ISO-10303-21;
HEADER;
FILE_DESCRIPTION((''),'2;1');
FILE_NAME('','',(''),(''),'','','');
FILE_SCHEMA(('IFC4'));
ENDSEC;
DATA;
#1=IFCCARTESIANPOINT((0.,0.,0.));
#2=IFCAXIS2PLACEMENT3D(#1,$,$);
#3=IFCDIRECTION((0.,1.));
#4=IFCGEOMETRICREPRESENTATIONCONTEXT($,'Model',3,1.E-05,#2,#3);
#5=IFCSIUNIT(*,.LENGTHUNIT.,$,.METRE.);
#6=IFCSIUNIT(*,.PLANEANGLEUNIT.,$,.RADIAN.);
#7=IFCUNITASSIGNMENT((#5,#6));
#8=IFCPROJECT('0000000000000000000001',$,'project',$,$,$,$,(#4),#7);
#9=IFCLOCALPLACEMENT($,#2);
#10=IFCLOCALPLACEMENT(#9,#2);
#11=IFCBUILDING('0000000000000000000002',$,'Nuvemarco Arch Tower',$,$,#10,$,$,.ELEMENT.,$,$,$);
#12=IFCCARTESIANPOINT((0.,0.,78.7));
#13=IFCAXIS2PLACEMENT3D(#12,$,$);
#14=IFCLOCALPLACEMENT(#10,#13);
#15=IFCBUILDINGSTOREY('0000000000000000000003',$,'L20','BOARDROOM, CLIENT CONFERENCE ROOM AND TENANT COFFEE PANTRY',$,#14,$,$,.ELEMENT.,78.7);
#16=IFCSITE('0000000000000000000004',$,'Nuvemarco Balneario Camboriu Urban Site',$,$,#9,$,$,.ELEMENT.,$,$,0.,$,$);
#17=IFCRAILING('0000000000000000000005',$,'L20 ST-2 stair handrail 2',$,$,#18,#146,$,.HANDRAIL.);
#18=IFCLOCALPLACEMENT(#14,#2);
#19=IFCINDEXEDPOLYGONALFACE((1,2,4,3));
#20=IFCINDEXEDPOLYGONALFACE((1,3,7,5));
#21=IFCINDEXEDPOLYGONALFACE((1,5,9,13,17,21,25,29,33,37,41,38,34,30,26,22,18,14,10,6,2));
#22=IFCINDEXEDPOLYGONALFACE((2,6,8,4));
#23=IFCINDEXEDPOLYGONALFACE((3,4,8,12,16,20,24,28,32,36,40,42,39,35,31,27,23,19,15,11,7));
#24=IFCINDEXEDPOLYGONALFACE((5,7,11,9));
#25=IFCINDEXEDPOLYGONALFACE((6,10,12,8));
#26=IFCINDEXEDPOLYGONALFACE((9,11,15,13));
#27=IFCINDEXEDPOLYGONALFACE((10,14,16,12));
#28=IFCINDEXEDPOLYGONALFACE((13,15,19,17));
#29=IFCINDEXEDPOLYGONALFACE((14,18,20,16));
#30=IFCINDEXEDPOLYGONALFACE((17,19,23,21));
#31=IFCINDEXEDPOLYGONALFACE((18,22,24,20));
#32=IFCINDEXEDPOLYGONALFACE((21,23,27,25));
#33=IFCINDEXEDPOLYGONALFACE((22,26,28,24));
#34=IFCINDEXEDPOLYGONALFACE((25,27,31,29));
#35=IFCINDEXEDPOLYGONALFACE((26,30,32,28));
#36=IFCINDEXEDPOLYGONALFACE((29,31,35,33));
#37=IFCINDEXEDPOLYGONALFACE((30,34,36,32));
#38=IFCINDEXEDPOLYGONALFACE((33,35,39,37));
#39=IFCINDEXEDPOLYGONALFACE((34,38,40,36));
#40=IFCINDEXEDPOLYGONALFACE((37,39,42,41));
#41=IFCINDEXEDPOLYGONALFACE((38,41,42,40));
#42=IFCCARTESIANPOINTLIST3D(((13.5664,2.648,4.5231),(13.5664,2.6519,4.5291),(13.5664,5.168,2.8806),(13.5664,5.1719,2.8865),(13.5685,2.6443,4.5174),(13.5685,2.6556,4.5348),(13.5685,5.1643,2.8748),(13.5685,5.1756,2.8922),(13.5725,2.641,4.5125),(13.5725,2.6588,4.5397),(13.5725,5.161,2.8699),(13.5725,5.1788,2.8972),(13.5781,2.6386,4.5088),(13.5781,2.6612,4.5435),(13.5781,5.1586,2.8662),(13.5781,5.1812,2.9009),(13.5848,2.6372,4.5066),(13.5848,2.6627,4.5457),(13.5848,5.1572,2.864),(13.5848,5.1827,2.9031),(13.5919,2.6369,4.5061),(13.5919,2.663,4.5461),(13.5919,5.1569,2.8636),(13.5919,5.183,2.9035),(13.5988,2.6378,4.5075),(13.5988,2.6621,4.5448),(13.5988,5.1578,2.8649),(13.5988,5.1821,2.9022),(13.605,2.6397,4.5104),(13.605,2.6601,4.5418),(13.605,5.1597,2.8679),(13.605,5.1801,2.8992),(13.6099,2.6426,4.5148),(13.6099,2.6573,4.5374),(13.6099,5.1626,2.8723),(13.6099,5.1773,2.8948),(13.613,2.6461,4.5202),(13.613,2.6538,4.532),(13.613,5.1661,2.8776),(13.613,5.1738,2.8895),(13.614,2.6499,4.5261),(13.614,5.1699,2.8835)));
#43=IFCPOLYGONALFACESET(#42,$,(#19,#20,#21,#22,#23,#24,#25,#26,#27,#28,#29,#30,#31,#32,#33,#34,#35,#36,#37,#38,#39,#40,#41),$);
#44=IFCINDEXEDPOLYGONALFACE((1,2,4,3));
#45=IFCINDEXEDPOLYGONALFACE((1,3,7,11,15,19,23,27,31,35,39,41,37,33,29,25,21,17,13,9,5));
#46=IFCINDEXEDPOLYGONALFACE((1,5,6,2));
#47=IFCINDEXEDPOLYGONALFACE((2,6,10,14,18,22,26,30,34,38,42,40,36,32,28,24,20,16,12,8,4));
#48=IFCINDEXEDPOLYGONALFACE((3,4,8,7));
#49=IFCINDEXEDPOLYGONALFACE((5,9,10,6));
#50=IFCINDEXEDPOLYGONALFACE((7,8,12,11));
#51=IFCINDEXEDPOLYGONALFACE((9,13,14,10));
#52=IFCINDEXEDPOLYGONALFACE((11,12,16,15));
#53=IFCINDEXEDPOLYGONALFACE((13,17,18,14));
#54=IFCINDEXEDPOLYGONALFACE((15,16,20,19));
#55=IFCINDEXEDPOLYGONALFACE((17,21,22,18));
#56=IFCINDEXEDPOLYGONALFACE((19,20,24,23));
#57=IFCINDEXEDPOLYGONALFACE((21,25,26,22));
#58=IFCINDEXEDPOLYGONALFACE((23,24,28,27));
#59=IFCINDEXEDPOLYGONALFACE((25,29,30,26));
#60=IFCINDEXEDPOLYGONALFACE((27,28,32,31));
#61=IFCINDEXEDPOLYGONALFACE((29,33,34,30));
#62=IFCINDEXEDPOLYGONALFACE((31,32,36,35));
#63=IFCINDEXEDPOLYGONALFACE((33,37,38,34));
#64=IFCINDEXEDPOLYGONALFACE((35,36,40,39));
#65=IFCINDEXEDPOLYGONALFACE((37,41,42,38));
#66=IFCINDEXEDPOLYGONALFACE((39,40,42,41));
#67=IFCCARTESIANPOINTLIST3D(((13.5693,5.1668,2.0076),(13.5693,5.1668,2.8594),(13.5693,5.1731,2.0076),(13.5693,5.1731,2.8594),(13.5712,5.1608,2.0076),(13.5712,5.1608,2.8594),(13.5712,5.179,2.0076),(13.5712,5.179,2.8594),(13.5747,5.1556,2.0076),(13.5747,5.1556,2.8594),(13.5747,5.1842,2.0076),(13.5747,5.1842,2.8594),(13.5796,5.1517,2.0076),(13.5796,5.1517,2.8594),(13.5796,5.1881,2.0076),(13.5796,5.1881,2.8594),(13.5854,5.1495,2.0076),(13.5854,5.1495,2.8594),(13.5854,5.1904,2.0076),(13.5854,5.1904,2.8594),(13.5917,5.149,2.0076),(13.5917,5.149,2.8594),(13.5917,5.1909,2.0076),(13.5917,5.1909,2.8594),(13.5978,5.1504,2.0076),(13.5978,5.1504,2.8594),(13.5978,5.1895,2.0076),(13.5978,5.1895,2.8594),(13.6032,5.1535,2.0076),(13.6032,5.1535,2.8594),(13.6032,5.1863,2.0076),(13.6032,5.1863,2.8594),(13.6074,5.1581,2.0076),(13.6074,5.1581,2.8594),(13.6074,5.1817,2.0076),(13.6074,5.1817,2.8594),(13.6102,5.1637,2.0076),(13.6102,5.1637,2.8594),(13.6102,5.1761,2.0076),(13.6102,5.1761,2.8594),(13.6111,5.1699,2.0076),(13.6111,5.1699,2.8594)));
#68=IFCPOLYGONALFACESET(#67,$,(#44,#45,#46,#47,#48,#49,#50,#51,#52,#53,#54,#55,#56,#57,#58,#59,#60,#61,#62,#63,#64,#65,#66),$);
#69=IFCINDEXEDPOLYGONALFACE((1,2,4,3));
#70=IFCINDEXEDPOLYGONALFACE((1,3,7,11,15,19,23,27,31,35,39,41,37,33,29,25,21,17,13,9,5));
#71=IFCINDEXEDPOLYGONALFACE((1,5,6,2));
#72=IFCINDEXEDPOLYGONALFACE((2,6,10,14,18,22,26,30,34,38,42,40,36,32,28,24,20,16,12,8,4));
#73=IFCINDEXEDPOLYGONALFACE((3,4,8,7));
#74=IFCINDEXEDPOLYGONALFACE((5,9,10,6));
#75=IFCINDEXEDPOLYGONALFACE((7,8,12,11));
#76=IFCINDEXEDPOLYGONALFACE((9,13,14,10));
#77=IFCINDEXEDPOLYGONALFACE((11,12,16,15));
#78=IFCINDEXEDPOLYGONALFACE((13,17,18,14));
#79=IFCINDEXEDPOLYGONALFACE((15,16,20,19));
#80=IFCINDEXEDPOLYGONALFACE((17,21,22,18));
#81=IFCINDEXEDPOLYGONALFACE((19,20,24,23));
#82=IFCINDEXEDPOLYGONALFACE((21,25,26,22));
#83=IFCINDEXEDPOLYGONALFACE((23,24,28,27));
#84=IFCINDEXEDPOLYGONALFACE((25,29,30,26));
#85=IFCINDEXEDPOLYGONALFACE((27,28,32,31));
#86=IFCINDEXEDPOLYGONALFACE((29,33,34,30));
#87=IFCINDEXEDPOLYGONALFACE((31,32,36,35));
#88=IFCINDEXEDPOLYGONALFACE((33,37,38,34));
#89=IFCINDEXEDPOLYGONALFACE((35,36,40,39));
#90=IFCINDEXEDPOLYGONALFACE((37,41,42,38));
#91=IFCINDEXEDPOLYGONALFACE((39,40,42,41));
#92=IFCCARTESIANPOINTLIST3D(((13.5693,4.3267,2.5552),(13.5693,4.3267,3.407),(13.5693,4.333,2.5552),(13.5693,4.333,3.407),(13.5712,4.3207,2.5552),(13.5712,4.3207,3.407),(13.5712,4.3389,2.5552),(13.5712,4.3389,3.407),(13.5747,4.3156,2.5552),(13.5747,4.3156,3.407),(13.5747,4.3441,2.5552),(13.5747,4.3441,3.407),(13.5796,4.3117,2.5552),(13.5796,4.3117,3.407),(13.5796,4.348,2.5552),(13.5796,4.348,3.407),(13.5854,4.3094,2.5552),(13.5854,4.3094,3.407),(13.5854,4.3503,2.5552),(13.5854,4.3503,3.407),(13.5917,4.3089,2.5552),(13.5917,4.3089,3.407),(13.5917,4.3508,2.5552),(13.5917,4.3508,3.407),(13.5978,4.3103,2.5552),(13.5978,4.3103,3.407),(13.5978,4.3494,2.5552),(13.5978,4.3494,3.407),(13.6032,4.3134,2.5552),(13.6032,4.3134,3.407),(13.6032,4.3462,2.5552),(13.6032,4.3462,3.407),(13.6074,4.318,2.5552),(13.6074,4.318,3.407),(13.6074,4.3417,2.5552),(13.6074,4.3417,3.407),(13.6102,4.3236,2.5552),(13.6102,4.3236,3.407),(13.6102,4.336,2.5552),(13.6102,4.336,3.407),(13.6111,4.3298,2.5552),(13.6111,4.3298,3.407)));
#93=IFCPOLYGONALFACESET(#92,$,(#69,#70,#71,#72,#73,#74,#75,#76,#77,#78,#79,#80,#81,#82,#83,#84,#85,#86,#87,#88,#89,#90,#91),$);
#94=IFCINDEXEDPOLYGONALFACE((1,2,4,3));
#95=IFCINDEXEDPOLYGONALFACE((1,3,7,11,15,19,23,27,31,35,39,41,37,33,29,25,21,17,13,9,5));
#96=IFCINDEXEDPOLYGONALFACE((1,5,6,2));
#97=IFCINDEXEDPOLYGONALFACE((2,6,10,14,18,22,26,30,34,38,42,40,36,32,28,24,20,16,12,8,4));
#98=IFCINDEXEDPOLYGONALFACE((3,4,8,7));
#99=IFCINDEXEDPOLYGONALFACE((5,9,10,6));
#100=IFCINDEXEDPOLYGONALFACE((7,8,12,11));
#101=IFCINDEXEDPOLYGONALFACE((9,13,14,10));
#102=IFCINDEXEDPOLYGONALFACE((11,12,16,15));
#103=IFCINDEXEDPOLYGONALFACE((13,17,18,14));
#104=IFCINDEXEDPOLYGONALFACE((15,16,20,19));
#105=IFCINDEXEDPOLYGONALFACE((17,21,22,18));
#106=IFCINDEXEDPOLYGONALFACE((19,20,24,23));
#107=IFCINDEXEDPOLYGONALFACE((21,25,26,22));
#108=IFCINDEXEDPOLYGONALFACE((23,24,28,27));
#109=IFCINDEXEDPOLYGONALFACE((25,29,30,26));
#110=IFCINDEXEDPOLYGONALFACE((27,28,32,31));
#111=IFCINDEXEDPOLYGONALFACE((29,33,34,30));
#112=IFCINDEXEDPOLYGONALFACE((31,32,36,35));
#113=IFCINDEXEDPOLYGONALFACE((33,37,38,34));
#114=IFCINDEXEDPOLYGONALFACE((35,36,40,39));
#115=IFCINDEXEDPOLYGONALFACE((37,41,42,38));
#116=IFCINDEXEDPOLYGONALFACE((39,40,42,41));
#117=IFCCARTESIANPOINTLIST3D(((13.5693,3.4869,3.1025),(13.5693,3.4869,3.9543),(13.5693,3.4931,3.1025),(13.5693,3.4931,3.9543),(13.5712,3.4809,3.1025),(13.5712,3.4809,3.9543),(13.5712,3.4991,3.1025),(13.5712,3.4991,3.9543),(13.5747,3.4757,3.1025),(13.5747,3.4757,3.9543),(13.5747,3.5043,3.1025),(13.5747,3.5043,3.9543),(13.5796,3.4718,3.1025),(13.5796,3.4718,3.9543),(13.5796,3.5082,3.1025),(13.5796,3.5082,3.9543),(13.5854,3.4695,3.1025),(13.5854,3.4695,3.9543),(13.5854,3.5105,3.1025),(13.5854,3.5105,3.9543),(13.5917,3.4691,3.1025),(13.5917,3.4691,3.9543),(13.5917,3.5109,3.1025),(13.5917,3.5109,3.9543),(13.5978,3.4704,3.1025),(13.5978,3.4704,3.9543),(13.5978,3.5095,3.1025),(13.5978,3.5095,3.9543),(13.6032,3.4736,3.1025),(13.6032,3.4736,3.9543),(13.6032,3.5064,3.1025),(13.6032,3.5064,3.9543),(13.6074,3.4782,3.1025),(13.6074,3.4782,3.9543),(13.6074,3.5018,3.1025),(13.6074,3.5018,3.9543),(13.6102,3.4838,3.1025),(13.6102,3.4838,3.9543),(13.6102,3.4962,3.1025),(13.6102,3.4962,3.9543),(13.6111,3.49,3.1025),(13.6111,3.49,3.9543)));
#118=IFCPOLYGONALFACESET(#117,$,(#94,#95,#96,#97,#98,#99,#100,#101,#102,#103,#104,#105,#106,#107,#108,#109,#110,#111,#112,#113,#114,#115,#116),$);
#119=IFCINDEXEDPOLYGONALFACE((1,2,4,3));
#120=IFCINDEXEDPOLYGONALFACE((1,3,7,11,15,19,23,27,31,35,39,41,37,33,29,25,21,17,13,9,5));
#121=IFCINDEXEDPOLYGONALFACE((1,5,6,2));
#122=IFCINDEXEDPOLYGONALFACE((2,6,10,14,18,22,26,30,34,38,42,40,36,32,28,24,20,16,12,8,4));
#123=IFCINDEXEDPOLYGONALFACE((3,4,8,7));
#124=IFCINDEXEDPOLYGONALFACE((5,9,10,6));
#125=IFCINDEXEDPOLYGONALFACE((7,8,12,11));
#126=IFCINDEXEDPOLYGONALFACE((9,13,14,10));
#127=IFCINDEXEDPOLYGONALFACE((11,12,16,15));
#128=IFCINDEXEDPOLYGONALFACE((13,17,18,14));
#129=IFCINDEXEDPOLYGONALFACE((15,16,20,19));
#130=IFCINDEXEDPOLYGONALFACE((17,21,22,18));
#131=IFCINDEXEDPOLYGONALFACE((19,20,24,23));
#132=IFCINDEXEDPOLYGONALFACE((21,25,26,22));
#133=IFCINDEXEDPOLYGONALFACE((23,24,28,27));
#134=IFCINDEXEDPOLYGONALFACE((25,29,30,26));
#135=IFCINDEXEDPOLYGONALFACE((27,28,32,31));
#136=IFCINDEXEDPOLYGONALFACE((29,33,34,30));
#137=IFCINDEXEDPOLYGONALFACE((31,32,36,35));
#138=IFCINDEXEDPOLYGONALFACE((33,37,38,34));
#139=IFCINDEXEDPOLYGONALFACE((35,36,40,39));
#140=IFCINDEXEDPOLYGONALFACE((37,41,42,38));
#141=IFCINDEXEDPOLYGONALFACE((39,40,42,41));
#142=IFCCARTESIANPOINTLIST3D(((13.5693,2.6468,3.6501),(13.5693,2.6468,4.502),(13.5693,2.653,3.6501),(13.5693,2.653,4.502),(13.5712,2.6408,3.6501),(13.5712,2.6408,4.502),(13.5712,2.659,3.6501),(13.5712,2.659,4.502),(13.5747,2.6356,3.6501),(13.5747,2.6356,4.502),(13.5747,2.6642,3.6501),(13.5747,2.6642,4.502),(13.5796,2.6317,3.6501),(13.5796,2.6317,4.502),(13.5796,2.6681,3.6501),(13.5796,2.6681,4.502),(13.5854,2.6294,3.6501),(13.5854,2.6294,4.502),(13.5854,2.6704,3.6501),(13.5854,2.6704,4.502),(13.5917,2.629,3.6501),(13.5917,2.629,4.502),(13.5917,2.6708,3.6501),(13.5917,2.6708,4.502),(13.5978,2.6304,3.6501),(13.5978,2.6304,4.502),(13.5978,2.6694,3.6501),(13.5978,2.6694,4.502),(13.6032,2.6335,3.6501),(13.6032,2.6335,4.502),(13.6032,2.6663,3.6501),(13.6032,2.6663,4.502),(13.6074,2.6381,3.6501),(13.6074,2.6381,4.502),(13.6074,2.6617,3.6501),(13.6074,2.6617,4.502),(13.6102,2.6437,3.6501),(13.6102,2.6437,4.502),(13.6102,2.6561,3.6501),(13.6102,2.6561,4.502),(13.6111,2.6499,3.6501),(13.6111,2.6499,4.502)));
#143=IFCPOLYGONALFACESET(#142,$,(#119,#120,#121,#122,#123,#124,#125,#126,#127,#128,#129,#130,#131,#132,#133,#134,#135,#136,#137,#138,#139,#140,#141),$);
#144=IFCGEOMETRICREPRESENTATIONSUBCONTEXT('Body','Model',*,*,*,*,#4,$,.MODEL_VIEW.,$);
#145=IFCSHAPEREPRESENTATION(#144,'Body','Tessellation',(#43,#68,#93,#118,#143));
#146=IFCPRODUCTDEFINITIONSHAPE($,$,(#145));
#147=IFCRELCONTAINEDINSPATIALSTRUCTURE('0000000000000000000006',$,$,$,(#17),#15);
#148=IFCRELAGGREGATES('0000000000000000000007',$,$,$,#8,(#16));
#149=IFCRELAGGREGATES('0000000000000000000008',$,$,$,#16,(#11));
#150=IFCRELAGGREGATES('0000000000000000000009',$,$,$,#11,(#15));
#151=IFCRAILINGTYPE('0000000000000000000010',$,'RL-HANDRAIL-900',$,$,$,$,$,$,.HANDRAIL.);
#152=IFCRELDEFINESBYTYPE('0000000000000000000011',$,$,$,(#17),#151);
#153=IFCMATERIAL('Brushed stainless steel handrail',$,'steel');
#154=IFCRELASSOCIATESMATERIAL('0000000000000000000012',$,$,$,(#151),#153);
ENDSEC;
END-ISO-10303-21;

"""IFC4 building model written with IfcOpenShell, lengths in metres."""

from ifc_helpers import new_model, si_unit, direction, frame, origin, origin_2d, place, context, subcontext, project, spatial, circle, extrude, material, type_object, element, save


model = new_model("IFC4")

# Units and contexts
model_context = context("Model", 3, precision=1e-05, world=origin(), true_north=direction((0.0, 1.0)))
body_context = subcontext(model_context, "Body", "Model", "MODEL_VIEW")
ifc_project = project(units=[si_unit("LENGTHUNIT", "METRE"), si_unit("PLANEANGLEUNIT", "RADIAN")], contexts=[model_context])

# Site, building, storey
site_placement = place(None, origin())
site = spatial("IfcSite", under=ifc_project, at=site_placement, Name="Nuvemarco Balneario Camboriu Urban Site", CompositionType="ELEMENT", RefElevation=0.0)
building_placement = place(site_placement, origin())
building = spatial("IfcBuilding", under=site, at=building_placement, Name="Nuvemarco Arch Tower", CompositionType="ELEMENT")
storey_placement = place(building_placement, frame((0.0, 0.0, 78.7)))
storey = spatial("IfcBuildingStorey", under=building, at=storey_placement, Name="L20", Description="BOARDROOM, CLIENT CONFERENCE ROOM AND TENANT COFFEE PANTRY", CompositionType="ELEMENT", Elevation=78.7)

# Railing
ifc_material_1 = material(Name="Brushed stainless steel handrail", Category="steel")
railing_type_1 = type_object("IfcRailingType", Name="RL-HANDRAIL-900", PredefinedType="HANDRAIL", material=ifc_material_1)
railing_1_placement = place(storey_placement, frame((13.5901, 5.1699, 2.0076)))
element("IfcRailing", 1, at=railing_1_placement, inside=storey, type_object=railing_type_1, Name="L20 ST-2 stair handrail 2", PredefinedType="HANDRAIL", context=body_context, shape_type="SweptSolid", body=[
    extrude(circle(Radius=0.0239, at=origin_2d()), frame((0.0, 0.0, 0.876), z_axis=(0.0, -0.837749, 0.546055), x_axis=(1.0, 0.0, 0.0)), (0.0, 0.0, 1.0), 3.0081),
    extrude(circle(Radius=0.021, at=origin_2d()), origin(), (0.0, 0.0, 1.0), 0.8518),
    extrude(circle(Radius=0.021, at=origin_2d()), frame((0.0, -0.8401, 0.5476)), (0.0, 0.0, 1.0), 0.8518),
    extrude(circle(Radius=0.021, at=origin_2d()), frame((0.0, -1.6799, 1.095)), (0.0, 0.0, 1.0), 0.8518),
    extrude(circle(Radius=0.021, at=origin_2d()), frame((0.0, -2.52, 1.6426)), (0.0, 0.0, 1.0), 0.8518),
])

save(model, "model.ifc")
